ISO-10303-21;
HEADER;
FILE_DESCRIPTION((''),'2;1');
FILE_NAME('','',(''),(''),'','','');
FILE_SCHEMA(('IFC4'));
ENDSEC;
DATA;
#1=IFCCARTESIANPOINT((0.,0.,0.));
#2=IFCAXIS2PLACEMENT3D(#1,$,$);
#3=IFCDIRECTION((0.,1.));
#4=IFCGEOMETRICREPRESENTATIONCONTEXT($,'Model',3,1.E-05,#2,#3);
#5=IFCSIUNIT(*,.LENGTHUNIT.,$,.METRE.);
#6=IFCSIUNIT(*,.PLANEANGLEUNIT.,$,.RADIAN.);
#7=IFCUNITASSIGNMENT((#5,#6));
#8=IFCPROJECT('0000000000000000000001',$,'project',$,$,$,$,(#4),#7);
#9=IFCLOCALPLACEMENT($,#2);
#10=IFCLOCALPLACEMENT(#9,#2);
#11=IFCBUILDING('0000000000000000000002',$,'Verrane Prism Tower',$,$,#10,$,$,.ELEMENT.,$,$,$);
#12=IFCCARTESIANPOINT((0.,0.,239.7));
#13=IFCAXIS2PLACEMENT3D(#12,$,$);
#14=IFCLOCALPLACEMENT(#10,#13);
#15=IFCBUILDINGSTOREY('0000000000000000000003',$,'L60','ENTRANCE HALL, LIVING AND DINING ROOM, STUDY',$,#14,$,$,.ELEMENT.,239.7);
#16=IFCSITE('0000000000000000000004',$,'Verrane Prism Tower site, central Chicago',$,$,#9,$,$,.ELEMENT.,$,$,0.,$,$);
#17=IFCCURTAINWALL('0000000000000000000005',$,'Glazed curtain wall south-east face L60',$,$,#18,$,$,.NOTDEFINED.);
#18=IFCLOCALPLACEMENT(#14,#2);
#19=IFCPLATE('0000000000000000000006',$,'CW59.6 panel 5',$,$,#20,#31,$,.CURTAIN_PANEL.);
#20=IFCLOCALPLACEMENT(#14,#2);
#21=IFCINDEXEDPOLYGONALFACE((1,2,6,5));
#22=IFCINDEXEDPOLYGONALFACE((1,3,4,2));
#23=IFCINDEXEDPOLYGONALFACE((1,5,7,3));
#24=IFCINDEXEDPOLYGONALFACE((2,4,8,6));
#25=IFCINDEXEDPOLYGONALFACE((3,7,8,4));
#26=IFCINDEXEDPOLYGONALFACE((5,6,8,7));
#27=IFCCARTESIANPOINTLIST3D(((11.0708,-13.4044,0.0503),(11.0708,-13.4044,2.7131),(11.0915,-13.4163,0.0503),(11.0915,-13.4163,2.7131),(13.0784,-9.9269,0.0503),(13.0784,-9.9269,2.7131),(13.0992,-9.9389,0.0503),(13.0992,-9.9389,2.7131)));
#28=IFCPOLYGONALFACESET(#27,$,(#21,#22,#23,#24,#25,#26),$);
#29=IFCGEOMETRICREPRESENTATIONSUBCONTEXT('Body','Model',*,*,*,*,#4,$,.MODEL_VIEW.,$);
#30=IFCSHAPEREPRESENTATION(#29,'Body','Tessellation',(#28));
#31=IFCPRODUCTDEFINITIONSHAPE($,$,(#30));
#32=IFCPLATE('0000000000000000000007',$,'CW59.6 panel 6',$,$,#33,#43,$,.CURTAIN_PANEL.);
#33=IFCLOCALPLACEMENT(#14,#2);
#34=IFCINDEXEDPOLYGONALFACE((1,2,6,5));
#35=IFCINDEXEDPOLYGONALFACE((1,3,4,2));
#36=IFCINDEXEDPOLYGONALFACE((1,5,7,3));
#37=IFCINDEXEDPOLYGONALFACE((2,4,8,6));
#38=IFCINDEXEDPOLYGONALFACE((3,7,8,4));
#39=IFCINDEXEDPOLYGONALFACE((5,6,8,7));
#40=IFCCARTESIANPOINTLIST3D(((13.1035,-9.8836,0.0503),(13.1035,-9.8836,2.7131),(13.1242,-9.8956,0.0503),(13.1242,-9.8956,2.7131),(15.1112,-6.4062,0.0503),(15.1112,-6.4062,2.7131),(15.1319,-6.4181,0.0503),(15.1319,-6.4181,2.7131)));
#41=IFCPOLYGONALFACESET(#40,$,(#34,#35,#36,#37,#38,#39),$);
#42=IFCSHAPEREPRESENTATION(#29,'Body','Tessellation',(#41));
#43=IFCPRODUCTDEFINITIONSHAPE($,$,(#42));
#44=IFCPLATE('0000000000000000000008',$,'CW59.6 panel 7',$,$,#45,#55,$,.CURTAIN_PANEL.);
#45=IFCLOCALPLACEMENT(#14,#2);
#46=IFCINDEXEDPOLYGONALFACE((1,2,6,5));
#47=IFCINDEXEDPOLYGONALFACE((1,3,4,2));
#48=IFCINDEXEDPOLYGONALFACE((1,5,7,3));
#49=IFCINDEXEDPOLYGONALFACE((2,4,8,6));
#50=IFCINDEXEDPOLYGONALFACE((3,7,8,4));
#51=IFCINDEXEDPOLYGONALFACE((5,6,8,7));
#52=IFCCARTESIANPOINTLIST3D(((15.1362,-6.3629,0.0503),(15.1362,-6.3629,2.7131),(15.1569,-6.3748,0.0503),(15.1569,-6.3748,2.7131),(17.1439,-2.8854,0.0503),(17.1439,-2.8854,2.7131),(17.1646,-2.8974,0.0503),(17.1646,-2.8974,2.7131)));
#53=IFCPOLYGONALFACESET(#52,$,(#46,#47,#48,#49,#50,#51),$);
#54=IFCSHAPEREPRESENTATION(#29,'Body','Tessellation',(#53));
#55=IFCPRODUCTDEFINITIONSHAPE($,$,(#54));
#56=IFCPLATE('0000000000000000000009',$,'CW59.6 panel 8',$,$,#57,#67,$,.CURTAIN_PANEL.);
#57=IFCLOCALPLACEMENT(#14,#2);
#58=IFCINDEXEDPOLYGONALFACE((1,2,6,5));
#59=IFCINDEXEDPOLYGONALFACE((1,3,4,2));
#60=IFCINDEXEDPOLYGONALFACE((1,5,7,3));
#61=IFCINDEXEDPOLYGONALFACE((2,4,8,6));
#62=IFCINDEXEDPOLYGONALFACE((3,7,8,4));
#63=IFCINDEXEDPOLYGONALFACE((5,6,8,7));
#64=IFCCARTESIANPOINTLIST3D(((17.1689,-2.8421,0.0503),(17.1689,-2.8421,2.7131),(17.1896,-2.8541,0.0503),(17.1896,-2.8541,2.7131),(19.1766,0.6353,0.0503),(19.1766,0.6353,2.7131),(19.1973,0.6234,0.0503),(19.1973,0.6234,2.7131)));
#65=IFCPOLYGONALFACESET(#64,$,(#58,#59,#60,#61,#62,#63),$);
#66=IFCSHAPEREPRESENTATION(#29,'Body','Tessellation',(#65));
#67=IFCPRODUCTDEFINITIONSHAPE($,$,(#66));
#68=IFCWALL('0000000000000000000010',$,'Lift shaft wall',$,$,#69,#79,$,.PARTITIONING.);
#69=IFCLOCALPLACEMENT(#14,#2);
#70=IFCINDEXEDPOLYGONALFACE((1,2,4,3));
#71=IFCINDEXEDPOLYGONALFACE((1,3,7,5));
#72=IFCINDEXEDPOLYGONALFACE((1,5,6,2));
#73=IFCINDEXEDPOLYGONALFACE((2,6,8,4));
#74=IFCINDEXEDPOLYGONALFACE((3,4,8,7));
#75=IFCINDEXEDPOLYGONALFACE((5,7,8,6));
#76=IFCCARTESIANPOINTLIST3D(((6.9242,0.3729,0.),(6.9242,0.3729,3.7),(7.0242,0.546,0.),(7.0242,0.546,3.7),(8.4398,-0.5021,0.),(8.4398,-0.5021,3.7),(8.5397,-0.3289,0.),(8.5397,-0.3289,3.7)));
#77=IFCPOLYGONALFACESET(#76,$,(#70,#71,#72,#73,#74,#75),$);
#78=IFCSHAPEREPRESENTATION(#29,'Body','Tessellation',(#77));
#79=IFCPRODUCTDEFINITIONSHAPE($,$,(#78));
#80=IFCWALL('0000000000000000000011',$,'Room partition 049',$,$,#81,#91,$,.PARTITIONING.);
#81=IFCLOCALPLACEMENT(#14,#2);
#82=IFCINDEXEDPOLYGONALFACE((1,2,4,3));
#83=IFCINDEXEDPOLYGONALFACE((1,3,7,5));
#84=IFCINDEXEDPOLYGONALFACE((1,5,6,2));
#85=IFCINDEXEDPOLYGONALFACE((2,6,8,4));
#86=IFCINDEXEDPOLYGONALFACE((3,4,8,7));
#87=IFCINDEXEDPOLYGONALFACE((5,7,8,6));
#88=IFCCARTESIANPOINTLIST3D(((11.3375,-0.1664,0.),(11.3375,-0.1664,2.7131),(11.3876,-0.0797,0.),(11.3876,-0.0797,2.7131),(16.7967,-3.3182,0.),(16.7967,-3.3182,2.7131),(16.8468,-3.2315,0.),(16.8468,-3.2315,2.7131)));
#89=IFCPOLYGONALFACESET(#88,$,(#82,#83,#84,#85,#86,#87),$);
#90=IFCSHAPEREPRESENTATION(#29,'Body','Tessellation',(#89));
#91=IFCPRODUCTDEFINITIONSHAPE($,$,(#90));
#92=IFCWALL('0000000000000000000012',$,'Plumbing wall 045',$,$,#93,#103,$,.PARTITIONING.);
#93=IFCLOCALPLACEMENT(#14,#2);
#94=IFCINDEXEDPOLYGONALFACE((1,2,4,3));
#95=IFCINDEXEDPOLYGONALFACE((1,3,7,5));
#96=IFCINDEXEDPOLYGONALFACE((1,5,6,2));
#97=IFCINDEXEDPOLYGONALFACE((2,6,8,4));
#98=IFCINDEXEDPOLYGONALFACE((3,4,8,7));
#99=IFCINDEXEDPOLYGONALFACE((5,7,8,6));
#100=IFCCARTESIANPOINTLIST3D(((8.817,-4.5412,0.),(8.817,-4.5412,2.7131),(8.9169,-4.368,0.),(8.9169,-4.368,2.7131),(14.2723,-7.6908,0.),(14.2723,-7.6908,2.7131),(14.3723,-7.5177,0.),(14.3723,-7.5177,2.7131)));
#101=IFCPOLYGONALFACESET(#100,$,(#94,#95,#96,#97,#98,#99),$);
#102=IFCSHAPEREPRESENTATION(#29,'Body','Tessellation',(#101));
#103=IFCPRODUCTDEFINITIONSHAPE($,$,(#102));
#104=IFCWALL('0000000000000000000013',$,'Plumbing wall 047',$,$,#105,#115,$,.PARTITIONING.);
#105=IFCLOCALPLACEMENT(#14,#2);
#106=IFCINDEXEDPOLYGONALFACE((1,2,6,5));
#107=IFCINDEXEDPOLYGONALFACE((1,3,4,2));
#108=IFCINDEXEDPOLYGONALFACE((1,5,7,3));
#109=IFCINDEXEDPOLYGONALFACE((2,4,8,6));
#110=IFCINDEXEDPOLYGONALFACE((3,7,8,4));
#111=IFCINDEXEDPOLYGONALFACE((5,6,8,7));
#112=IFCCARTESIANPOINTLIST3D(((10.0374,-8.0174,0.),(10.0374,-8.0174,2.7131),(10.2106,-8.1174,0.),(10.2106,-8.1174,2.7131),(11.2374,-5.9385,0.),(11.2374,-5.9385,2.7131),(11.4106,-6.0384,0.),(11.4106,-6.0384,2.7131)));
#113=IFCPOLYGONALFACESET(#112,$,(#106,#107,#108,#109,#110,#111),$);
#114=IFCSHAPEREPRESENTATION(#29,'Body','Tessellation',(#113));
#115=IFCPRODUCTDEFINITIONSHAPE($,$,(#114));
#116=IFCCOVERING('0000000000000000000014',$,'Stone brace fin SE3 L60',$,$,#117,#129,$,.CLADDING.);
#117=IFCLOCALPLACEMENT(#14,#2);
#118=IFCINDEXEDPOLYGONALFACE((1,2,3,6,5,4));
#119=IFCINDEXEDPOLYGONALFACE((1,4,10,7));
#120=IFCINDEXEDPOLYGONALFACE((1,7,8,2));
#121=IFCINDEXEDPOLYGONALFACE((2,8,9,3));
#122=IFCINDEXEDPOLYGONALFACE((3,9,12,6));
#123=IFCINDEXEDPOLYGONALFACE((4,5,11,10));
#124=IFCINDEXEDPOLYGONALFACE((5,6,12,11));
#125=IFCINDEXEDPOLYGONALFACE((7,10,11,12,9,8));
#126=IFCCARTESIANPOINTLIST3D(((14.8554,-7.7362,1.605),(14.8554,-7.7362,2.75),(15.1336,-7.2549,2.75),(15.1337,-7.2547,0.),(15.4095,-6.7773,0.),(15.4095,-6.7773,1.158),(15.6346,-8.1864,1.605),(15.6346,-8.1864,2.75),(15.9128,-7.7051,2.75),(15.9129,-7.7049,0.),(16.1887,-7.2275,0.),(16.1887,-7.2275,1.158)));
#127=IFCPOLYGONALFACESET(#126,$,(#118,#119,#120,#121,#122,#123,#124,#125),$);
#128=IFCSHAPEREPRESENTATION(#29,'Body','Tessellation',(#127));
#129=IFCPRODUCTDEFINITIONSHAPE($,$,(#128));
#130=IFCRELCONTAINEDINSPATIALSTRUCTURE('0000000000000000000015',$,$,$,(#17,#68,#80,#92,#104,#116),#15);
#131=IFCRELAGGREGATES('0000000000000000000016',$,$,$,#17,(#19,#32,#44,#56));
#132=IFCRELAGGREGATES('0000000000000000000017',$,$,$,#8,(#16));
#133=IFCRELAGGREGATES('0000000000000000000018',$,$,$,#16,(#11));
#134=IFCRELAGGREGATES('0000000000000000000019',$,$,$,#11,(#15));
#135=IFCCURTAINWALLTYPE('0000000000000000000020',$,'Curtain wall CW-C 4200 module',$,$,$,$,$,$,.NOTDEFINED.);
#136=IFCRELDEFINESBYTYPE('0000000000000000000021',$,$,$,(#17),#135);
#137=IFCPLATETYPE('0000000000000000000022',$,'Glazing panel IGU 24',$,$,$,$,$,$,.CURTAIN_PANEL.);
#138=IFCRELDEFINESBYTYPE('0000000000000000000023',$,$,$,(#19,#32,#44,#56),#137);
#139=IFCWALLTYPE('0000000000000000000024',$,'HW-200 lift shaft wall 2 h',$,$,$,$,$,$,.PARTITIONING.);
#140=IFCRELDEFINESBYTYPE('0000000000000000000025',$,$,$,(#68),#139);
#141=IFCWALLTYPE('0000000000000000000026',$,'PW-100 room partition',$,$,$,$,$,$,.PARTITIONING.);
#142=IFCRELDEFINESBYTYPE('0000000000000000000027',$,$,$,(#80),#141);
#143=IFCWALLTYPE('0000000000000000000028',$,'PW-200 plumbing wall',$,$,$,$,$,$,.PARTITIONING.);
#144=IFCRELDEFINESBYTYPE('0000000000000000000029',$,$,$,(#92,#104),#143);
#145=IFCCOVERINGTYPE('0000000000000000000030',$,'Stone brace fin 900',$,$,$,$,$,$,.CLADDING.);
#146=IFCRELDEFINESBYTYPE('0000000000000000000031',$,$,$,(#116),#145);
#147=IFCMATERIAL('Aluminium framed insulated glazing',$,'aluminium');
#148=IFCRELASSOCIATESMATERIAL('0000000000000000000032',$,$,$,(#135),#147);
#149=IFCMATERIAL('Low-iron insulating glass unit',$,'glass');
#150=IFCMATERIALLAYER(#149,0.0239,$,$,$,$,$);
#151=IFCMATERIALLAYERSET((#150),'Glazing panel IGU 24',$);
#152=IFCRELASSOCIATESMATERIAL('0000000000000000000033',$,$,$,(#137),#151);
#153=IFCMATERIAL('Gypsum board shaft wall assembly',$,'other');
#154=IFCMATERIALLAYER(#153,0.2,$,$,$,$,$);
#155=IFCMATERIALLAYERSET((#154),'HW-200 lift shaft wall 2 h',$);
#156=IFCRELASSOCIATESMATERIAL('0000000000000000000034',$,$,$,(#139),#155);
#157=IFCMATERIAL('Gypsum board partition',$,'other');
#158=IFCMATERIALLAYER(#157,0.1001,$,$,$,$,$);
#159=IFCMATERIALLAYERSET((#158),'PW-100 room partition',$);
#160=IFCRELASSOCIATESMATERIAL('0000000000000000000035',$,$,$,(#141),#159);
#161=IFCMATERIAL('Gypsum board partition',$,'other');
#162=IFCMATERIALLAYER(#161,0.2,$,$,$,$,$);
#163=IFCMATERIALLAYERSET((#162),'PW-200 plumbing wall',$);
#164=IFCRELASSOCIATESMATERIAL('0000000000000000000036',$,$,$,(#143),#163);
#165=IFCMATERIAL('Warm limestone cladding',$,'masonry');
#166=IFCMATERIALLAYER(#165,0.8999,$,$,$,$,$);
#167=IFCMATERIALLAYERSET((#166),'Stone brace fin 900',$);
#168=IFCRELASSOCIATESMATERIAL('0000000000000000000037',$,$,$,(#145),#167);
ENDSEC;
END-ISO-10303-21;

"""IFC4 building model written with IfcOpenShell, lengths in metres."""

from ifc_helpers import new_model, si_unit, direction, frame, frame_2d, origin, origin_2d, place, context, subcontext, project, spatial, polyline, rectangle, outline, extrude, material, layer, layer_set, type_object, element, aggregate, save


model = new_model("IFC4")

# Units and contexts
model_context = context("Model", 3, precision=1e-05, world=origin(), true_north=direction((0.0, 1.0)))
body_context = subcontext(model_context, "Body", "Model", "MODEL_VIEW")
ifc_project = project(units=[si_unit("LENGTHUNIT", "METRE"), si_unit("PLANEANGLEUNIT", "RADIAN")], contexts=[model_context])

# Site, building, storey
site_placement = place(None, origin())
site = spatial("IfcSite", under=ifc_project, at=site_placement, Name="Verrane Prism Tower site, central Chicago", CompositionType="ELEMENT", RefElevation=0.0)
building_placement = place(site_placement, origin())
building = spatial("IfcBuilding", under=site, at=building_placement, Name="Verrane Prism Tower", CompositionType="ELEMENT")
storey_placement = place(building_placement, frame((0.0, 0.0, 239.7)))
storey = spatial("IfcBuildingStorey", under=building, at=storey_placement, Name="L60", Description="ENTRANCE HALL, LIVING AND DINING ROOM, STUDY", CompositionType="ELEMENT", Elevation=239.7)

# Curtain wall
ifc_material_1 = material(Name="Aluminium framed insulated glazing", Category="aluminium")
curtain_wall_type = type_object("IfcCurtainWallType", Name="Curtain wall CW-C 4200 module", PredefinedType="NOTDEFINED", material=ifc_material_1)
curtain_wall_placement = place(storey_placement, origin())
curtain_wall = element("IfcCurtainWall", 1, at=curtain_wall_placement, inside=storey, type_object=curtain_wall_type, Name="Glazed curtain wall south-east face L60", PredefinedType="NOTDEFINED")

# Plates
ifc_material_2 = material(Name="Low-iron insulating glass unit", Category="glass")
ifc_layer_1 = layer(ifc_material_2, 0.0239)
ifc_layer_set_1 = layer_set([ifc_layer_1], Name="Glazing panel IGU 24")
plate_type = type_object("IfcPlateType", Name="Glazing panel IGU 24", PredefinedType="CURTAIN_PANEL", material=ifc_layer_set_1)
plate_1_placement = place(storey_placement, frame((12.085, -11.6716, 0.0503), z_axis=(0.0, 0.0, 1.0), x_axis=(0.499999, 0.866026, 0.0)))
plate_1 = element("IfcPlate", 2, at=plate_1_placement, type_object=plate_type, Name="CW59.6 panel 5", PredefinedType="CURTAIN_PANEL", context=body_context, shape_type="SweptSolid", body=[
    extrude(rectangle(XDim=4.0154, YDim=0.0239, at=origin_2d()), origin(), (0.0, 0.0, 1.0), 2.6628),
])
plate_2_placement = place(storey_placement, frame((14.1177, -8.1509, 0.0503), z_axis=(0.0, 0.0, 1.0), x_axis=(0.499999, 0.866026, 0.0)))
plate_2 = element("IfcPlate", 3, at=plate_2_placement, type_object=plate_type, Name="CW59.6 panel 6", PredefinedType="CURTAIN_PANEL", context=body_context, shape_type="SweptSolid", body=[
    extrude(rectangle(XDim=4.0154, YDim=0.0239, at=origin_2d()), origin(), (0.0, 0.0, 1.0), 2.6628),
])
plate_3_placement = place(storey_placement, frame((16.1504, -4.6301, 0.0503), z_axis=(0.0, 0.0, 1.0), x_axis=(0.499999, 0.866026, 0.0)))
plate_3 = element("IfcPlate", 4, at=plate_3_placement, type_object=plate_type, Name="CW59.6 panel 7", PredefinedType="CURTAIN_PANEL", context=body_context, shape_type="SweptSolid", body=[
    extrude(rectangle(XDim=4.0154, YDim=0.0239, at=origin_2d()), origin(), (0.0, 0.0, 1.0), 2.6628),
])
plate_4_placement = place(storey_placement, frame((18.1831, -1.1094, 0.0503), z_axis=(0.0, 0.0, 1.0), x_axis=(0.499999, 0.866026, 0.0)))
plate_4 = element("IfcPlate", 5, at=plate_4_placement, type_object=plate_type, Name="CW59.6 panel 8", PredefinedType="CURTAIN_PANEL", context=body_context, shape_type="SweptSolid", body=[
    extrude(rectangle(XDim=4.0154, YDim=0.0239, at=origin_2d()), origin(), (0.0, 0.0, 1.0), 2.6628),
])
aggregate(curtain_wall, [plate_1, plate_2, plate_3, plate_4])

# Walls
ifc_material_3 = material(Name="Gypsum board shaft wall assembly", Category="other")
ifc_layer_2 = layer(ifc_material_3, 0.2)
ifc_layer_set_2 = layer_set([ifc_layer_2], Name="HW-200 lift shaft wall 2 h")
wall_type_1 = type_object("IfcWallType", Name="HW-200 lift shaft wall 2 h", PredefinedType="PARTITIONING", material=ifc_layer_set_2)
wall_1_placement = place(storey_placement, frame((8.4897, -0.4155, 0.0), z_axis=(0.0, 0.0, 1.0), x_axis=(-0.866037, 0.49998, 0.0)))
element("IfcWall", 6, at=wall_1_placement, inside=storey, type_object=wall_type_1, Name="Lift shaft wall", PredefinedType="PARTITIONING", context=body_context, shape_type="SweptSolid", body=[
    extrude(rectangle(XDim=1.75, YDim=0.2, at=frame_2d((0.875, 0.0))), origin(), (0.0, 0.0, 1.0), 3.7),
])
ifc_material_4 = material(Name="Gypsum board partition", Category="other")
ifc_layer_3 = layer(ifc_material_4, 0.1001)
ifc_layer_set_3 = layer_set([ifc_layer_3], Name="PW-100 room partition")
wall_type_2 = type_object("IfcWallType", Name="PW-100 room partition", PredefinedType="PARTITIONING", material=ifc_layer_set_3)
wall_2_placement = place(storey_placement, frame((11.3625, -0.123, 0.0), z_axis=(0.0, 0.0, 1.0), x_axis=(0.866028, -0.499996, 0.0)))
element("IfcWall", 7, at=wall_2_placement, inside=storey, type_object=wall_type_2, Name="Room partition 049", PredefinedType="PARTITIONING", context=body_context, shape_type="SweptSolid", body=[
    extrude(rectangle(XDim=6.3037, YDim=0.1001, at=frame_2d((3.1519, 0.0))), origin(), (0.0, 0.0, 1.0), 2.7131),
])
ifc_material_5 = material(Name="Gypsum board partition", Category="other")
ifc_layer_4 = layer(ifc_material_5, 0.2)
ifc_layer_set_4 = layer_set([ifc_layer_4], Name="PW-200 plumbing wall")
wall_type_3 = type_object("IfcWallType", Name="PW-200 plumbing wall", PredefinedType="PARTITIONING", material=ifc_layer_set_4)
wall_3_placement = place(storey_placement, frame((8.8669, -4.4546, 0.0), z_axis=(0.0, 0.0, 1.0), x_axis=(0.866024, -0.500003, 0.0)))
element("IfcWall", 8, at=wall_3_placement, inside=storey, type_object=wall_type_3, Name="Plumbing wall 045", PredefinedType="PARTITIONING", context=body_context, shape_type="SweptSolid", body=[
    extrude(rectangle(XDim=6.2993, YDim=0.2, at=frame_2d((3.1497, 0.0))), origin(), (0.0, 0.0, 1.0), 2.7131),
])
wall_4_placement = place(storey_placement, frame((10.124, -8.0674, 0.0), z_axis=(0.0, 0.0, 1.0), x_axis=(0.499913, 0.866075, 0.0)))
element("IfcWall", 9, at=wall_4_placement, inside=storey, type_object=wall_type_3, Name="Plumbing wall 047", PredefinedType="PARTITIONING", context=body_context, shape_type="SweptSolid", body=[
    extrude(rectangle(XDim=2.4004, YDim=0.2, at=frame_2d((1.2002, 0.0))), origin(), (0.0, 0.0, 1.0), 2.7131),
])

# Covering
ifc_material_6 = material(Name="Warm limestone cladding", Category="masonry")
ifc_layer_5 = layer(ifc_material_6, 0.8999)
ifc_layer_set_5 = layer_set([ifc_layer_5], Name="Stone brace fin 900")
covering_type = type_object("IfcCoveringType", Name="Stone brace fin 900", PredefinedType="CLADDING", material=ifc_layer_set_5)
covering_placement = place(storey_placement, frame((15.7991, -7.0024, 0.0), z_axis=(0.0, 0.0, 1.0), x_axis=(-0.500289, -0.865859, 0.0)))
element("IfcCovering", 10, at=covering_placement, inside=storey, type_object=covering_type, Name="Stone brace fin SE3 L60", PredefinedType="CLADDING", context=body_context, shape_type="SweptSolid", body=[
    extrude(outline(polyline([(1.1074, 2.75), (0.5515, 2.75), (0.0, 1.158), (0.0, 0.0), (0.5513, 0.0), (1.1074, 1.605), (1.1074, 2.75)])), frame((0.0, 0.45, 0.0), z_axis=(0.0, -1.0, 0.0), x_axis=(1.0, 0.0, 0.0)), (0.0, 0.0, 1.0), 0.8999),
])

save(model, "model.ifc")
